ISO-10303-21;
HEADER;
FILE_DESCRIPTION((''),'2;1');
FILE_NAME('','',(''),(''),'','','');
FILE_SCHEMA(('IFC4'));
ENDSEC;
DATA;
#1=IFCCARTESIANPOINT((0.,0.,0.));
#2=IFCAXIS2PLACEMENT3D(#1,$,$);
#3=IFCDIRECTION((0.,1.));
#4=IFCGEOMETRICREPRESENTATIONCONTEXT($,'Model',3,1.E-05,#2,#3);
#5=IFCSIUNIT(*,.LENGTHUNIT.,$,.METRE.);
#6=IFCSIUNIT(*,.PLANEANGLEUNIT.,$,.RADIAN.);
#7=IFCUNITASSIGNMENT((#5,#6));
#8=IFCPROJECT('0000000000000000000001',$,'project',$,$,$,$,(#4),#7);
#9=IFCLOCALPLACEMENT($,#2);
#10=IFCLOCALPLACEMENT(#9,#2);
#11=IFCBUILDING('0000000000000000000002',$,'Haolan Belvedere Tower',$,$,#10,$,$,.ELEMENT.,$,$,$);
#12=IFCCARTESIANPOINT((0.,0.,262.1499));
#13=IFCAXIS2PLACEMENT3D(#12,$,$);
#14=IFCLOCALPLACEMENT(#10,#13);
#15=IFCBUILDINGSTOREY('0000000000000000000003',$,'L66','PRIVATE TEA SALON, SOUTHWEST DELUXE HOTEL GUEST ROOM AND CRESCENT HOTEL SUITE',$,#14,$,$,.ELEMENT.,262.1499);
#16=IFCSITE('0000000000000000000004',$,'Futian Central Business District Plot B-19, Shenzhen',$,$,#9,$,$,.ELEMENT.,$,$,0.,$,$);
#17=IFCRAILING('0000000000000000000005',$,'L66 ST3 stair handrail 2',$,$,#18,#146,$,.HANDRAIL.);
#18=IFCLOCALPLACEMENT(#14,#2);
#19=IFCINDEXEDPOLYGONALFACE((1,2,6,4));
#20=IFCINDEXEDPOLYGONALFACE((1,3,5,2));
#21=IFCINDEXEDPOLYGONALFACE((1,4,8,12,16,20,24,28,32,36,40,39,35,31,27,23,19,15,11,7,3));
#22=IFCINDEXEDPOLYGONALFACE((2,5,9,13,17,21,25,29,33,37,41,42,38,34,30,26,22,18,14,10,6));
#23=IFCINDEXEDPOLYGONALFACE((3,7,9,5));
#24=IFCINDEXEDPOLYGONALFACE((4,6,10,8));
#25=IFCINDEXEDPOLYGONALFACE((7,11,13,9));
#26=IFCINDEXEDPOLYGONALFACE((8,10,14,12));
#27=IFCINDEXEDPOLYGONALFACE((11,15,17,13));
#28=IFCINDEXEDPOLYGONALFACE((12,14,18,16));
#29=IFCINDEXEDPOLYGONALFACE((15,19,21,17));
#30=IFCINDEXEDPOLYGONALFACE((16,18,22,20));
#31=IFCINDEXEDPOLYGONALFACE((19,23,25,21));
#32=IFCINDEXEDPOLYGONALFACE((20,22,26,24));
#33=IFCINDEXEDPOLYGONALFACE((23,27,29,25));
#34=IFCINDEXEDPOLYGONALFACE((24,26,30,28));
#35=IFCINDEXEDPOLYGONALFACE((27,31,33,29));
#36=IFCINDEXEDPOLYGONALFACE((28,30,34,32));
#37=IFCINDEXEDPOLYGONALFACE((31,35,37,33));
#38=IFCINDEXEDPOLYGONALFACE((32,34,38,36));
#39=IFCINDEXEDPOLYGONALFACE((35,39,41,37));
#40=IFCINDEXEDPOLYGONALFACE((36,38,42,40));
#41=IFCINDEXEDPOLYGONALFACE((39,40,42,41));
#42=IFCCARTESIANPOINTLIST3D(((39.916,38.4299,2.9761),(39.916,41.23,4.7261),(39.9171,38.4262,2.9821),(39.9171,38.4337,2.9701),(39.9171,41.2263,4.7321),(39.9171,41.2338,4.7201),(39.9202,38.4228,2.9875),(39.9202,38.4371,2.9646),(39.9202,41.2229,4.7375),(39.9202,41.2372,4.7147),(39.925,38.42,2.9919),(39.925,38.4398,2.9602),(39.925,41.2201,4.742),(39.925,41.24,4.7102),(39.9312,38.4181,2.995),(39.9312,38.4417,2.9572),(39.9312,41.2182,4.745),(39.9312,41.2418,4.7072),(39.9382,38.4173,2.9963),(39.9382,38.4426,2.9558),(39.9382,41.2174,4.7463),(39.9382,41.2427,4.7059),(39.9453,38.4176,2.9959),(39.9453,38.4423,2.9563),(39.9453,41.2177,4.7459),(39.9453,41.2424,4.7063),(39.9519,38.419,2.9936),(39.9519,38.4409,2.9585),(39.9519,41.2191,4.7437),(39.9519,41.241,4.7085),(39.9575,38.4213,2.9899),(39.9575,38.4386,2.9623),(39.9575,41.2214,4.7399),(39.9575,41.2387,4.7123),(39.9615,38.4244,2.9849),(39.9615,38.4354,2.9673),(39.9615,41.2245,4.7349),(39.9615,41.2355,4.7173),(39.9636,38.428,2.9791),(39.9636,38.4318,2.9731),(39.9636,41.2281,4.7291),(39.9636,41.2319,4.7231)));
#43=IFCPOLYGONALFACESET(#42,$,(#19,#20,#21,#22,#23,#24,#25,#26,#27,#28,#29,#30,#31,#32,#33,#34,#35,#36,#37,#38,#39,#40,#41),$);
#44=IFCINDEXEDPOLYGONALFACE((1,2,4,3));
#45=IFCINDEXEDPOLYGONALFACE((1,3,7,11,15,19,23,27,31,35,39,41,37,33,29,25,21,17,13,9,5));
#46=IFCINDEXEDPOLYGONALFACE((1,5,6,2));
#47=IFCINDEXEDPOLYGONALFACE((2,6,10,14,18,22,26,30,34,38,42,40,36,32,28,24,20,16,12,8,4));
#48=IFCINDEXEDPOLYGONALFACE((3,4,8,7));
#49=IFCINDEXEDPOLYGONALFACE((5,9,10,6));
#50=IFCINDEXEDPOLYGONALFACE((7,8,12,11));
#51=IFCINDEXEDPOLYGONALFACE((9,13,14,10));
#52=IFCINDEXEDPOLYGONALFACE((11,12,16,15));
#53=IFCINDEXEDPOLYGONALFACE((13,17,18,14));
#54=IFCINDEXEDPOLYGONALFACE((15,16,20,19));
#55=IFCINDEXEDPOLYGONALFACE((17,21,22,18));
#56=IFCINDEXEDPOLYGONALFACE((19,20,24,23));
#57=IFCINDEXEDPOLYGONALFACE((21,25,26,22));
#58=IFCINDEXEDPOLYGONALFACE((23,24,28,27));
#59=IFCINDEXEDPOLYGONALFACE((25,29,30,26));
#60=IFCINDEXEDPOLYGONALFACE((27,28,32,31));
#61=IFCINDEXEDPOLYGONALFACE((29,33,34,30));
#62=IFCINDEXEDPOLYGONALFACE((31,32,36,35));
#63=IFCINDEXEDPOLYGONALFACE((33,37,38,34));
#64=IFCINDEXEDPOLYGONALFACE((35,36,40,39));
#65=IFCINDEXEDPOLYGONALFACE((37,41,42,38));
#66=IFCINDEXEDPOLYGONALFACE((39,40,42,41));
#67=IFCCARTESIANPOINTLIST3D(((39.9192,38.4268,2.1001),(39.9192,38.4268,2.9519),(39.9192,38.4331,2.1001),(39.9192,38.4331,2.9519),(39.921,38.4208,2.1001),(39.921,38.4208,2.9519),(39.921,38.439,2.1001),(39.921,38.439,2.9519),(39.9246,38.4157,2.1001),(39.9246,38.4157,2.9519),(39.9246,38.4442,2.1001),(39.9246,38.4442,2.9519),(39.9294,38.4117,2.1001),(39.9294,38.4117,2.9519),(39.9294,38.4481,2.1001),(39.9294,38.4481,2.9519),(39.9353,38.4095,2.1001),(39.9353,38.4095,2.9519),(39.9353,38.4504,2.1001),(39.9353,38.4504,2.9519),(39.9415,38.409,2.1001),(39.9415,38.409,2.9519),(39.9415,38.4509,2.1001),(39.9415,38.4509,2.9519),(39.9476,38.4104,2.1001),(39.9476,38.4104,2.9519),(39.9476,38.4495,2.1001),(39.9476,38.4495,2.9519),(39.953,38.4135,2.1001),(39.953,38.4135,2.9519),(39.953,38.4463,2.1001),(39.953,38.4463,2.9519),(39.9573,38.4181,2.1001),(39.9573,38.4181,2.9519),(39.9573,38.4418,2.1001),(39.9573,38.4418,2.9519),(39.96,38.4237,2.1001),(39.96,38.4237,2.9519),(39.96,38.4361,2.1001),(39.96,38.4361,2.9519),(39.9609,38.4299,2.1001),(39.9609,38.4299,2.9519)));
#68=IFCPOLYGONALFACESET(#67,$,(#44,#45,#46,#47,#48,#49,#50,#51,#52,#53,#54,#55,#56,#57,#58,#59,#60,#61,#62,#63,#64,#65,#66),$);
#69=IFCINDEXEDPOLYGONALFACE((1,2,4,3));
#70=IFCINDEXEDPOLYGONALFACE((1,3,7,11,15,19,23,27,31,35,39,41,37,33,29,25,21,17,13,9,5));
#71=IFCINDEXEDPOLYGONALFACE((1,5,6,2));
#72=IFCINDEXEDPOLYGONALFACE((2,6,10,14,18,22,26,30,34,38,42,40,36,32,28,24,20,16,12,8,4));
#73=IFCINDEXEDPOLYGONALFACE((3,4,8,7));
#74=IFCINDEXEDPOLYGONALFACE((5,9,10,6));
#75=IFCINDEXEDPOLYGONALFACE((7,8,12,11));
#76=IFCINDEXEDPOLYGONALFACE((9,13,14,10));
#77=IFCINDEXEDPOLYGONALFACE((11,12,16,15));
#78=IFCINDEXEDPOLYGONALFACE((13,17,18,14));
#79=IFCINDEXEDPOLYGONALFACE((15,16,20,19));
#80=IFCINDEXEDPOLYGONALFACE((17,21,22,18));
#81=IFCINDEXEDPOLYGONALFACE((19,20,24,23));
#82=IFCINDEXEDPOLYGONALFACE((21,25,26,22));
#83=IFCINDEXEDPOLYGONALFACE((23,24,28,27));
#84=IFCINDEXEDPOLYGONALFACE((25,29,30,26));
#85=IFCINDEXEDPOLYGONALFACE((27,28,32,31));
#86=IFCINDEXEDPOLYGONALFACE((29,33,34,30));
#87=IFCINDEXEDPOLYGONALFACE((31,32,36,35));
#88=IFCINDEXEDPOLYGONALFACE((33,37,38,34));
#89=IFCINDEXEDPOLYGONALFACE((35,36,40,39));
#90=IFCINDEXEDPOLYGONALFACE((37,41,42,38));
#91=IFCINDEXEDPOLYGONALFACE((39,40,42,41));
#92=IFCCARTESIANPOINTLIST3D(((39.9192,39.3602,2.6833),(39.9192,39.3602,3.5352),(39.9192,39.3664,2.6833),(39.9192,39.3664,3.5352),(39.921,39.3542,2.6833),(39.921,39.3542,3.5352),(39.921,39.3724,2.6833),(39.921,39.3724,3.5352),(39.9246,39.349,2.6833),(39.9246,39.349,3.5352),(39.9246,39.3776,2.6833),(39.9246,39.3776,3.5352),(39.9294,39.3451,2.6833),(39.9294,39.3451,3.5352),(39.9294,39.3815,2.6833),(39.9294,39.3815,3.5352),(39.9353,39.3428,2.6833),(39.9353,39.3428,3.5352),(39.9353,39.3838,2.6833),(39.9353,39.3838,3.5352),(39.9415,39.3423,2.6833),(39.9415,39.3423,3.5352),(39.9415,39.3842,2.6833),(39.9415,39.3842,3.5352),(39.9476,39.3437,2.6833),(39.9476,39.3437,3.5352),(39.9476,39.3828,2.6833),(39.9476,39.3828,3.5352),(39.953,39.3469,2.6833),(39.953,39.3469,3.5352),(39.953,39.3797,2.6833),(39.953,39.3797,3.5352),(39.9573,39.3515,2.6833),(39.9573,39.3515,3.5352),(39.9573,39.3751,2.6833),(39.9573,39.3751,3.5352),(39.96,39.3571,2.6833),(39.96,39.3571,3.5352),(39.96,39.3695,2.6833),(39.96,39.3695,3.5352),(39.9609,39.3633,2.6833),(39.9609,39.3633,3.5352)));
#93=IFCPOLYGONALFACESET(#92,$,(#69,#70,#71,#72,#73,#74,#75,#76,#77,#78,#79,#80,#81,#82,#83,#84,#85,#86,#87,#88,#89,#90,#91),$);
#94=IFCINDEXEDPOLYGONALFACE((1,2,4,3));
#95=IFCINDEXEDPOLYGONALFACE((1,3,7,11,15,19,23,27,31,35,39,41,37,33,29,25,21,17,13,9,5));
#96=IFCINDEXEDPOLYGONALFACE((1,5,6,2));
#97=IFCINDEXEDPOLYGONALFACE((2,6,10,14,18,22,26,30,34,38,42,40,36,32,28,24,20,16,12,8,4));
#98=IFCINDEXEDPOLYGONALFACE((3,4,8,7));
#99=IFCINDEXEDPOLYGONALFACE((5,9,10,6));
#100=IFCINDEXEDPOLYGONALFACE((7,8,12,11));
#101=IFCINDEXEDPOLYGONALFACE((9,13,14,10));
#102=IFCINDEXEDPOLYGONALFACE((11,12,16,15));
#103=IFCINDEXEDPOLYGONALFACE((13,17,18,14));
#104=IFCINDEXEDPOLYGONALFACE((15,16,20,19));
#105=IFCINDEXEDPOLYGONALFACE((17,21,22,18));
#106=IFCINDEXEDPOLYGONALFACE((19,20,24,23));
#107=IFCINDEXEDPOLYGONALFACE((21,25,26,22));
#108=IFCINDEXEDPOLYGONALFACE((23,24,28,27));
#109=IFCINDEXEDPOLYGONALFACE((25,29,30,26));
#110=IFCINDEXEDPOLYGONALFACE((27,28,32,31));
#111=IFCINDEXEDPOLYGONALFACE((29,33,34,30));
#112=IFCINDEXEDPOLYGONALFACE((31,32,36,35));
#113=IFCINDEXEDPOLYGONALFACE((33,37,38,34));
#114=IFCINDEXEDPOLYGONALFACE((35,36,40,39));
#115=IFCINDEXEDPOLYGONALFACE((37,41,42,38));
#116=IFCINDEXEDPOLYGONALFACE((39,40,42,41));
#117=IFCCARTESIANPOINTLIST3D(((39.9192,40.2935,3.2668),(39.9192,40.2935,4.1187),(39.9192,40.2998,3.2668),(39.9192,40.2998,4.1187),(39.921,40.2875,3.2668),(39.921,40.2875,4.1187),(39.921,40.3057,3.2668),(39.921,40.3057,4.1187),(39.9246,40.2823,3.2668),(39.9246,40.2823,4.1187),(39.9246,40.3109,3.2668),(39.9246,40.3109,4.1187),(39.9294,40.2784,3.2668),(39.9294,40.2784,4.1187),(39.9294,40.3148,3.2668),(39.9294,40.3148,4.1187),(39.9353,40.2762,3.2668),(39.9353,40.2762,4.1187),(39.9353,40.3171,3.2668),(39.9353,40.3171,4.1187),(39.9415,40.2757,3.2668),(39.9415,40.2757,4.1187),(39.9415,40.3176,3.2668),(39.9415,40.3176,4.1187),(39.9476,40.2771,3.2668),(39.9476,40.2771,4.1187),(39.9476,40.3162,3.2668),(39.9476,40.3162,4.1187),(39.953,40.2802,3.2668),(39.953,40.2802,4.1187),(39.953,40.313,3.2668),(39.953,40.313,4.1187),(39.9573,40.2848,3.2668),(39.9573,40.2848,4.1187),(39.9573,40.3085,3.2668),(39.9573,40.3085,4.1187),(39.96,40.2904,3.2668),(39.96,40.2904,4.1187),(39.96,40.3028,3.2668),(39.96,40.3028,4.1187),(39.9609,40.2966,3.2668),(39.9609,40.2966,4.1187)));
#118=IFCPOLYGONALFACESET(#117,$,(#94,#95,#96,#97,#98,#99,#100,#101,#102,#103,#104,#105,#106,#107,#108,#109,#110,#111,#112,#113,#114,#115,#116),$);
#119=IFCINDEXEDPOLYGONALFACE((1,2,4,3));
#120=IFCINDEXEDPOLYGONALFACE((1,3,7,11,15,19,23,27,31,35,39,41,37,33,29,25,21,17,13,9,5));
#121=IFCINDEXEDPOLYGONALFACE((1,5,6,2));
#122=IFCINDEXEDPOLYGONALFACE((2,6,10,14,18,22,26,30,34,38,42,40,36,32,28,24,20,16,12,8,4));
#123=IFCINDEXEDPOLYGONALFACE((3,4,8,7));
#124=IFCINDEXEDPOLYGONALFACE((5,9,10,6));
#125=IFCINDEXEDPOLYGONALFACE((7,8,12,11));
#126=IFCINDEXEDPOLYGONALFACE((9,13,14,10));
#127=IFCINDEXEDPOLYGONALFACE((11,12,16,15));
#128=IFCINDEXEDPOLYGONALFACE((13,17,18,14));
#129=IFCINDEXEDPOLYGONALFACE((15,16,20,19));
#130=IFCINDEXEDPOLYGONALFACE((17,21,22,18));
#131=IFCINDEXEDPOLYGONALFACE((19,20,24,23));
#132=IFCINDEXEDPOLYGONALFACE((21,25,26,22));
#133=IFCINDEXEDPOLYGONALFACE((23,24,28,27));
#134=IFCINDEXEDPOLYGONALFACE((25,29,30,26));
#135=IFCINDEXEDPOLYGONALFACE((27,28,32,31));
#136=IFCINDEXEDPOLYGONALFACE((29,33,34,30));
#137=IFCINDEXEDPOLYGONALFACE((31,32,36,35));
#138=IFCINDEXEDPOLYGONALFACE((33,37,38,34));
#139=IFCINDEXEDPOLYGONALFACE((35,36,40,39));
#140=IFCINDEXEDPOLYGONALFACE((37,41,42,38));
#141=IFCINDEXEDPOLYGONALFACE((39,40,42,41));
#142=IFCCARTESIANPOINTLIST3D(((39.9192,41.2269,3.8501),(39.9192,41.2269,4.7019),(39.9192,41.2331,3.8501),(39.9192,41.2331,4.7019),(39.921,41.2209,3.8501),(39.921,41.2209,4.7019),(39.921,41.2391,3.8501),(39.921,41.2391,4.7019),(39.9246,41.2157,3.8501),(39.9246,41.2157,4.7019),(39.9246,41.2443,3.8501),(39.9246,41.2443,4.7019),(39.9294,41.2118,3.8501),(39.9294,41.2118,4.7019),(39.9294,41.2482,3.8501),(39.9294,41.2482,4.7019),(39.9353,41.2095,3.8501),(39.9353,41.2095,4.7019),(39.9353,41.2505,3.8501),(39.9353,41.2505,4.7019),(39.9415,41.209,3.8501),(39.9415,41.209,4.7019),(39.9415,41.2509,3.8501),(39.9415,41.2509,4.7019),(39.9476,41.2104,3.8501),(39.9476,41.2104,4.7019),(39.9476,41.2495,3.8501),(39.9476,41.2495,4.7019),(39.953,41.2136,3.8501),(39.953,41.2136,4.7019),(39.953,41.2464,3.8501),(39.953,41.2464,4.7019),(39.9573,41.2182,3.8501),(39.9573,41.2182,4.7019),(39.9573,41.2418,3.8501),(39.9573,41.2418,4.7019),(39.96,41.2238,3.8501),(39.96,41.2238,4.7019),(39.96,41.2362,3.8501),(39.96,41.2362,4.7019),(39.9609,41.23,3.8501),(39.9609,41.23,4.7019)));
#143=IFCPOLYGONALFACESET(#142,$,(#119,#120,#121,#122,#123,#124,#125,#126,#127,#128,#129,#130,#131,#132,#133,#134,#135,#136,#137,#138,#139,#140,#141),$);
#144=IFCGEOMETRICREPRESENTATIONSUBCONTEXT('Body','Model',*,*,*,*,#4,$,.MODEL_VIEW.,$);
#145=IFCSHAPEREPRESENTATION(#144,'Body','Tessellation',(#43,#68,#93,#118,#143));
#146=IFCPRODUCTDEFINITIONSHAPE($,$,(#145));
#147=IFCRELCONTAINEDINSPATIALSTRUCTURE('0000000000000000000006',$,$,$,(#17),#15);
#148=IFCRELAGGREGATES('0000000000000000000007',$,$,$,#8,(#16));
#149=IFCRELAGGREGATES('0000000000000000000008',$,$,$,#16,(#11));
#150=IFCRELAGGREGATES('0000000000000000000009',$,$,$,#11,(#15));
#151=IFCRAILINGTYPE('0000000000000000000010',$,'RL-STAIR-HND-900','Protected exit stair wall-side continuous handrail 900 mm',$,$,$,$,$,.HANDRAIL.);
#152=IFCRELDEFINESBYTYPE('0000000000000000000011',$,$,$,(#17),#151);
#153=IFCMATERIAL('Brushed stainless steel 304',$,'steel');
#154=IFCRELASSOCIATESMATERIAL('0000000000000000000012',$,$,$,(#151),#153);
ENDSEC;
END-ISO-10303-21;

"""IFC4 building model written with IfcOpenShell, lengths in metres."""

from ifc_helpers import new_model, si_unit, direction, frame, origin, origin_2d, place, context, subcontext, project, spatial, circle, extrude, material, type_object, element, save


model = new_model("IFC4")

# Units and contexts
model_context = context("Model", 3, precision=1e-05, world=origin(), true_north=direction((0.0, 1.0)))
body_context = subcontext(model_context, "Body", "Model", "MODEL_VIEW")
ifc_project = project(units=[si_unit("LENGTHUNIT", "METRE"), si_unit("PLANEANGLEUNIT", "RADIAN")], contexts=[model_context])

# Site, building, storey
site_placement = place(None, origin())
site = spatial("IfcSite", under=ifc_project, at=site_placement, Name="Futian Central Business District Plot B-19, Shenzhen", CompositionType="ELEMENT", RefElevation=0.0)
building_placement = place(site_placement, origin())
building = spatial("IfcBuilding", under=site, at=building_placement, Name="Haolan Belvedere Tower", CompositionType="ELEMENT")
storey_placement = place(building_placement, frame((0.0, 0.0, 262.1499)))
storey = spatial("IfcBuildingStorey", under=building, at=storey_placement, Name="L66", Description="PRIVATE TEA SALON, SOUTHWEST DELUXE HOTEL GUEST ROOM AND CRESCENT HOTEL SUITE", CompositionType="ELEMENT", Elevation=262.1499)

# Railing
ifc_material_1 = material(Name="Brushed stainless steel 304", Category="steel")
railing_type_1 = type_object("IfcRailingType", Name="RL-STAIR-HND-900", Description="Protected exit stair wall-side continuous handrail 900 mm", PredefinedType="HANDRAIL", material=ifc_material_1)
railing_1_placement = place(storey_placement, frame((39.9399, 38.4299, 2.1001)))
element("IfcRailing", 1, at=railing_1_placement, inside=storey, type_object=railing_type_1, Name="L66 ST3 stair handrail 2", PredefinedType="HANDRAIL", context=body_context, shape_type="SweptSolid", body=[
    extrude(circle(Radius=0.0239, at=origin_2d()), frame((0.0, 0.0, 0.876), z_axis=(0.0, 0.848002, 0.529992), x_axis=(-1.0, 0.0, 0.0)), (0.0, 0.0, 1.0), 3.302),
    extrude(circle(Radius=0.021, at=origin_2d()), origin(), (0.0, 0.0, 1.0), 0.8518),
    extrude(circle(Radius=0.021, at=origin_2d()), frame((0.0, 0.9333, 0.5833)), (0.0, 0.0, 1.0), 0.8518),
    extrude(circle(Radius=0.021, at=origin_2d()), frame((0.0, 1.8667, 1.1667)), (0.0, 0.0, 1.0), 0.8518),
    extrude(circle(Radius=0.021, at=origin_2d()), frame((0.0, 2.8, 1.75)), (0.0, 0.0, 1.0), 0.8518),
])

save(model, "model.ifc")
